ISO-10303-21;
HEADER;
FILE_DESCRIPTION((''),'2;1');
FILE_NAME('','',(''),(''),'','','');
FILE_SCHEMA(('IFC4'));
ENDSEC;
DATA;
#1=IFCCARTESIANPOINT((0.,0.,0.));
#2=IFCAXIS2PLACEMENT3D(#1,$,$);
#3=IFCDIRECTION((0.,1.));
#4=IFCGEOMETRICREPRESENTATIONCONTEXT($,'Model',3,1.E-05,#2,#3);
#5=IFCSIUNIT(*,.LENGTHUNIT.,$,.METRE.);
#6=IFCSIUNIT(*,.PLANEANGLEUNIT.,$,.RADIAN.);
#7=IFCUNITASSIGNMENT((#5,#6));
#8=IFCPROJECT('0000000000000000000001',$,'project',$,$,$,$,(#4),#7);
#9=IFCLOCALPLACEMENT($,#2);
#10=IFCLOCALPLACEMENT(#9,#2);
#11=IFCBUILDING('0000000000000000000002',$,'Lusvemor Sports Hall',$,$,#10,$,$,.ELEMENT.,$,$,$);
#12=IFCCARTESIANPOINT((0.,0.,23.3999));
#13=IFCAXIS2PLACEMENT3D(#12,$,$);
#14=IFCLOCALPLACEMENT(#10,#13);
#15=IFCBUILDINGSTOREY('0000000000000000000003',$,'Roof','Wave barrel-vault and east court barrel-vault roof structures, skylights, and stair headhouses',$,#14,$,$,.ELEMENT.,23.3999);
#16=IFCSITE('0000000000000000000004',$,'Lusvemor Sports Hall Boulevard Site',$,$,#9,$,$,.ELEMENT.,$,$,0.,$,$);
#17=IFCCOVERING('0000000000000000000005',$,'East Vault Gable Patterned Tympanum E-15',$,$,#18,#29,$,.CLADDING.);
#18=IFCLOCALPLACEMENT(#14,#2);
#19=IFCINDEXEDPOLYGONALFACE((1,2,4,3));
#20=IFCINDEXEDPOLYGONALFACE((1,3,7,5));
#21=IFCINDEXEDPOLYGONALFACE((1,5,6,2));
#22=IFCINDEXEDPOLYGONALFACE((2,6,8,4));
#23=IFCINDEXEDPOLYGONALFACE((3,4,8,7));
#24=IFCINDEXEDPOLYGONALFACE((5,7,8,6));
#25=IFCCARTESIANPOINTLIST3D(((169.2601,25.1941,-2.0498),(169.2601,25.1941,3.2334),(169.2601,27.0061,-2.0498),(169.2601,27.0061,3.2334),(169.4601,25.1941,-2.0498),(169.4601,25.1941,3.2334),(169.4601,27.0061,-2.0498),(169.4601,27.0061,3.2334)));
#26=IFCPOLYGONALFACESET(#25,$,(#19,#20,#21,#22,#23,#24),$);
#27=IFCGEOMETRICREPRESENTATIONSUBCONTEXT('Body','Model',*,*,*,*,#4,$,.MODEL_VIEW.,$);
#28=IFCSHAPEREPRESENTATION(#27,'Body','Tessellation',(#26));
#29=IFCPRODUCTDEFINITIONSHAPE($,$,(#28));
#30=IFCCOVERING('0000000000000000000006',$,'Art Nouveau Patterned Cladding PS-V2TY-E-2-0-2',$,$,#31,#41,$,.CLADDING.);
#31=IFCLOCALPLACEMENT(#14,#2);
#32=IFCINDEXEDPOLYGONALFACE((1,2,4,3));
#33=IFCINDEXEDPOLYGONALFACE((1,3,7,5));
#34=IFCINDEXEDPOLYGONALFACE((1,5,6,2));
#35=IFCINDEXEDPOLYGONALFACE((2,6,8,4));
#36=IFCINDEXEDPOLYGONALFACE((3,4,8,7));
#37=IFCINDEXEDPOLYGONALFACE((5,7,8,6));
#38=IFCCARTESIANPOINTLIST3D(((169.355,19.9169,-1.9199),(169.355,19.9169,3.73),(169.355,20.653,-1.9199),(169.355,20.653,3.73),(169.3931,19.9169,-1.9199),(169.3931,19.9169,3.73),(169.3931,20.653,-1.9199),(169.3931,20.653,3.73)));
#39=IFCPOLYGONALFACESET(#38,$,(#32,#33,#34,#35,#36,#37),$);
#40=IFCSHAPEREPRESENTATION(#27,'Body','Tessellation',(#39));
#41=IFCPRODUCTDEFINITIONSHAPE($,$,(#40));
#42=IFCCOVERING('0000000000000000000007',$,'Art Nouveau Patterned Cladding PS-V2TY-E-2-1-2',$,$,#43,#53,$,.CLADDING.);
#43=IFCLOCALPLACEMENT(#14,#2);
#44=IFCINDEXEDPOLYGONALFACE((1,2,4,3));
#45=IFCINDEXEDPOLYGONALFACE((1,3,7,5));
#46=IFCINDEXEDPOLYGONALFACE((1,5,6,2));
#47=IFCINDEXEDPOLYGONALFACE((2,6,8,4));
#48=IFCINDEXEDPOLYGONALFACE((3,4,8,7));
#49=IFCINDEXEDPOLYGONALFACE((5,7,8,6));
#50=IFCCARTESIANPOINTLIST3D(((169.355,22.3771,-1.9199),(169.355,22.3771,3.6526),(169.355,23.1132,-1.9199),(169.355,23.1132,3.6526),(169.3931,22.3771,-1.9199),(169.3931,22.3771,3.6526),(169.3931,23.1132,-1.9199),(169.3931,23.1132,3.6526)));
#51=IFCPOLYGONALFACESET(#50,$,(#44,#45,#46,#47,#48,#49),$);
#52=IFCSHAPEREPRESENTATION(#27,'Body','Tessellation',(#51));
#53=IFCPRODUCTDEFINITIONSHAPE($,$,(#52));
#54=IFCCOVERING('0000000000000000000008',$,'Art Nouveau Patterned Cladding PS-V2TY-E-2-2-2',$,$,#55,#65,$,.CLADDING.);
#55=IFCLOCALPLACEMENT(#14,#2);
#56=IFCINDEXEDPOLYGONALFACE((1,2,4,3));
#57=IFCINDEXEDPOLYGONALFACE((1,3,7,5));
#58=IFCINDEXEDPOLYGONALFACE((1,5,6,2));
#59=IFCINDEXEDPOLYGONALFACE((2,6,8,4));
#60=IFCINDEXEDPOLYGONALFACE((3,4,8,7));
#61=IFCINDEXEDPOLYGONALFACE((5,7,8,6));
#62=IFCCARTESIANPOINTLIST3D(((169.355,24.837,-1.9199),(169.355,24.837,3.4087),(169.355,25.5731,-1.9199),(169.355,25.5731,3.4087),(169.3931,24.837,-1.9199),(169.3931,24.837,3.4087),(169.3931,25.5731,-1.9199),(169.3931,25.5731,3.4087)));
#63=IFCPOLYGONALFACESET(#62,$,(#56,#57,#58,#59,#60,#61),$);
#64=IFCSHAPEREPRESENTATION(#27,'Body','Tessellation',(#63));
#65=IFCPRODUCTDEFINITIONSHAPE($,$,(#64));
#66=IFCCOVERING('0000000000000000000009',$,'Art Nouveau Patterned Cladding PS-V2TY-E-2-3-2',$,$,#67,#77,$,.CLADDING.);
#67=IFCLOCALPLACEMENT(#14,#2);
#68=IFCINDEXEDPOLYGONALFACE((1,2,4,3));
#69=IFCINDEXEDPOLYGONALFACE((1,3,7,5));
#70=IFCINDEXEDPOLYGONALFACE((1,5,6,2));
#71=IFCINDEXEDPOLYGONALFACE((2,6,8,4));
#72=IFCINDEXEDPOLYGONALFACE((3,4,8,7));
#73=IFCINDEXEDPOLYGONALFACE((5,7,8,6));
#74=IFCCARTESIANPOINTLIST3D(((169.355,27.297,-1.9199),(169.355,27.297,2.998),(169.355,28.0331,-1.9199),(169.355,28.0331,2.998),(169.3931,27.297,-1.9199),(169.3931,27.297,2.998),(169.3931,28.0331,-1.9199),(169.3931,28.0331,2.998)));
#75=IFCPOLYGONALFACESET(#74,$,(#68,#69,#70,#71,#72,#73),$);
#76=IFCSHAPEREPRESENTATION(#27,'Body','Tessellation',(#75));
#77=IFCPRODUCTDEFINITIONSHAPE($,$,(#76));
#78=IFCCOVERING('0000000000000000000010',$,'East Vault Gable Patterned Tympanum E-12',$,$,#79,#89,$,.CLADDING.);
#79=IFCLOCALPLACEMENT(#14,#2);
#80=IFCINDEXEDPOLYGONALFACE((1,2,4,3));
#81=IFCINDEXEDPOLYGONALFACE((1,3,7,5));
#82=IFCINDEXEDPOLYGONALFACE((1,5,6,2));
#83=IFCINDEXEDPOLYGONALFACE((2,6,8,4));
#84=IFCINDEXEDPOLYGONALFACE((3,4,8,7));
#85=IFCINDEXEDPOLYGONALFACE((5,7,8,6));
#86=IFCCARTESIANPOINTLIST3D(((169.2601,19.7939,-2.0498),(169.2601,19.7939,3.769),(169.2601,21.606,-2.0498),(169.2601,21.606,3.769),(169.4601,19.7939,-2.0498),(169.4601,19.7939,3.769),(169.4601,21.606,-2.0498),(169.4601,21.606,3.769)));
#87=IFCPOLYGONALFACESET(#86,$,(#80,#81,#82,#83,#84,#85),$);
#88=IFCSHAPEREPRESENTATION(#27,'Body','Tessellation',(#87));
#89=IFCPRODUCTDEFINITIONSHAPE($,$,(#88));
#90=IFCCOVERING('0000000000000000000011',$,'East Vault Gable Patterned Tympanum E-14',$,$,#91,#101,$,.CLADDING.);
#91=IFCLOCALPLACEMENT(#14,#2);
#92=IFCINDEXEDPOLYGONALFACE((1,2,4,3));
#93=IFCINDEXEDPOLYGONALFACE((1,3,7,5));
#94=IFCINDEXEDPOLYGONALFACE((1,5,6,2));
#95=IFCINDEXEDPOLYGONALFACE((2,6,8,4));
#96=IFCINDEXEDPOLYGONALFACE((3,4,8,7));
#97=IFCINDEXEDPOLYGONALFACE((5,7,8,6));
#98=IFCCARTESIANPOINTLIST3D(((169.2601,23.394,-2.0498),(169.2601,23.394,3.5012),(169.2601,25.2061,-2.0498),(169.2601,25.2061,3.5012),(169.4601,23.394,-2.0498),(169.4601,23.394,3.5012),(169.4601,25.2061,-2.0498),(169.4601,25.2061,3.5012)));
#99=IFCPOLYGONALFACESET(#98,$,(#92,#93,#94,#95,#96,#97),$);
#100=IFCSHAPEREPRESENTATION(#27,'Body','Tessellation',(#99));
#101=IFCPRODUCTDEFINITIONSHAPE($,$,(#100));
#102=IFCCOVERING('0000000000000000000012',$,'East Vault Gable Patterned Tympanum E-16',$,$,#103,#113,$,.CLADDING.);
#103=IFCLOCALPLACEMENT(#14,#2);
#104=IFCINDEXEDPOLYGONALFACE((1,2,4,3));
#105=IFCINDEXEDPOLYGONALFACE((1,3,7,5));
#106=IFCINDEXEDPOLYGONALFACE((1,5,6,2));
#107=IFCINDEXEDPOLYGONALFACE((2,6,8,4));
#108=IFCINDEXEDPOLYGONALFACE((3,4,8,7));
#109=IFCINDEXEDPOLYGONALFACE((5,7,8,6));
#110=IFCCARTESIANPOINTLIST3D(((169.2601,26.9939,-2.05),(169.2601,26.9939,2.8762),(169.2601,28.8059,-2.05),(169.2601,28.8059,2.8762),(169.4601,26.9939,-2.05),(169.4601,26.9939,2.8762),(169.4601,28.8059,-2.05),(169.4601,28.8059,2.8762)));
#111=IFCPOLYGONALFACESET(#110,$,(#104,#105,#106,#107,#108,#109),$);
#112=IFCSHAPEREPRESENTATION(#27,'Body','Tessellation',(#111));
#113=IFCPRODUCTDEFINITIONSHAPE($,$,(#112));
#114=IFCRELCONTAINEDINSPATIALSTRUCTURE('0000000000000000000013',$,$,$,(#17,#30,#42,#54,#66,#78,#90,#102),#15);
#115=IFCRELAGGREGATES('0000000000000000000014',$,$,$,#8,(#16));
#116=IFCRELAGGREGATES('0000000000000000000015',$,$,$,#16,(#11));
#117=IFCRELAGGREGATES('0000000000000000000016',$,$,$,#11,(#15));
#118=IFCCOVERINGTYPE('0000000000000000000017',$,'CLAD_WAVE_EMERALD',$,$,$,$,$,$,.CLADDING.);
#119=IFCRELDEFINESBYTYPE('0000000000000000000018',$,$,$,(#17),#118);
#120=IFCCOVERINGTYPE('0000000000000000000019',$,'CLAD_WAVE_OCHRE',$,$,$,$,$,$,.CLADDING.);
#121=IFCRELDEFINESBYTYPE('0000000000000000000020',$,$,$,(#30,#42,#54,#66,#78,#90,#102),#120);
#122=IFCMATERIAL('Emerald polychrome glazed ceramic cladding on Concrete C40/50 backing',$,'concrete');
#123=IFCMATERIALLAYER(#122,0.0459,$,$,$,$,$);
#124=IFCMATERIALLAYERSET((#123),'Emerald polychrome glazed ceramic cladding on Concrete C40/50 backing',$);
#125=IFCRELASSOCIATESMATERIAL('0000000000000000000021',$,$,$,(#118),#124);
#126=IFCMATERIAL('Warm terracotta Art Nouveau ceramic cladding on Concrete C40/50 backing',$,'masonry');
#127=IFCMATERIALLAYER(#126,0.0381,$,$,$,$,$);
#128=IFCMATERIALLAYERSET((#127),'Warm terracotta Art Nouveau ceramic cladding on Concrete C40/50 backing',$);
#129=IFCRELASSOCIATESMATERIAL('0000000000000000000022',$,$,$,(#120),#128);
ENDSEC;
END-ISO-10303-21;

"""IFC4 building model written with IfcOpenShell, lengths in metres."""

from ifc_helpers import new_model, si_unit, direction, frame, origin, origin_2d, place, context, subcontext, project, spatial, rectangle, extrude, material, layer, layer_set, type_object, element, save


model = new_model("IFC4")

# Units and contexts
model_context = context("Model", 3, precision=1e-05, world=origin(), true_north=direction((0.0, 1.0)))
body_context = subcontext(model_context, "Body", "Model", "MODEL_VIEW")
ifc_project = project(units=[si_unit("LENGTHUNIT", "METRE"), si_unit("PLANEANGLEUNIT", "RADIAN")], contexts=[model_context])

# Site, building, storey
site_placement = place(None, origin())
site = spatial("IfcSite", under=ifc_project, at=site_placement, Name="Lusvemor Sports Hall Boulevard Site", CompositionType="ELEMENT", RefElevation=0.0)
building_placement = place(site_placement, origin())
building = spatial("IfcBuilding", under=site, at=building_placement, Name="Lusvemor Sports Hall", CompositionType="ELEMENT")
storey_placement = place(building_placement, frame((0.0, 0.0, 23.3999)))
storey = spatial("IfcBuildingStorey", under=building, at=storey_placement, Name="Roof", Description="Wave barrel-vault and east court barrel-vault roof structures, skylights, and stair headhouses", CompositionType="ELEMENT", Elevation=23.3999)

# Coverings
ifc_material_1 = material(Name="Emerald polychrome glazed ceramic cladding on Concrete C40/50 backing", Category="concrete")
ifc_layer_1 = layer(ifc_material_1, 0.0459)
ifc_layer_set_1 = layer_set([ifc_layer_1], Name="Emerald polychrome glazed ceramic cladding on Concrete C40/50 backing")
covering_type_1 = type_object("IfcCoveringType", Name="CLAD_WAVE_EMERALD", PredefinedType="CLADDING", material=ifc_layer_set_1)
covering_1_placement = place(storey_placement, frame((169.3601, 26.1001, -2.0498), z_axis=(0.0, 0.0, 1.0), x_axis=(1.0, 0.0, 0.0)))
element("IfcCovering", 1, at=covering_1_placement, inside=storey, type_object=covering_type_1, Name="East Vault Gable Patterned Tympanum E-15", PredefinedType="CLADDING", context=body_context, shape_type="SweptSolid", body=[
    extrude(rectangle(XDim=0.2, YDim=1.812, at=origin_2d()), origin(), (0.0, 0.0, 1.0), 5.2832),
])
ifc_material_2 = material(Name="Warm terracotta Art Nouveau ceramic cladding on Concrete C40/50 backing", Category="masonry")
ifc_layer_2 = layer(ifc_material_2, 0.0381)
ifc_layer_set_2 = layer_set([ifc_layer_2], Name="Warm terracotta Art Nouveau ceramic cladding on Concrete C40/50 backing")
covering_type_2 = type_object("IfcCoveringType", Name="CLAD_WAVE_OCHRE", PredefinedType="CLADDING", material=ifc_layer_set_2)
covering_2_placement = place(storey_placement, frame((169.374, 20.2849, -1.9199), z_axis=(0.0, 0.0, 1.0), x_axis=(1.0, 0.0, 0.0)))
element("IfcCovering", 2, at=covering_2_placement, inside=storey, type_object=covering_type_2, Name="Art Nouveau Patterned Cladding PS-V2TY-E-2-0-2", PredefinedType="CLADDING", context=body_context, shape_type="SweptSolid", body=[
    extrude(rectangle(XDim=0.0381, YDim=0.7361, at=origin_2d()), origin(), (0.0, 0.0, 1.0), 5.6499),
])
covering_3_placement = place(storey_placement, frame((169.374, 22.7451, -1.9199), z_axis=(0.0, 0.0, 1.0), x_axis=(1.0, 0.0, 0.0)))
element("IfcCovering", 3, at=covering_3_placement, inside=storey, type_object=covering_type_2, Name="Art Nouveau Patterned Cladding PS-V2TY-E-2-1-2", PredefinedType="CLADDING", context=body_context, shape_type="SweptSolid", body=[
    extrude(rectangle(XDim=0.0381, YDim=0.7361, at=origin_2d()), origin(), (0.0, 0.0, 1.0), 5.5725),
])
covering_4_placement = place(storey_placement, frame((169.374, 25.2051, -1.9199), z_axis=(0.0, 0.0, 1.0), x_axis=(1.0, 0.0, 0.0)))
element("IfcCovering", 4, at=covering_4_placement, inside=storey, type_object=covering_type_2, Name="Art Nouveau Patterned Cladding PS-V2TY-E-2-2-2", PredefinedType="CLADDING", context=body_context, shape_type="SweptSolid", body=[
    extrude(rectangle(XDim=0.0381, YDim=0.7361, at=origin_2d()), origin(), (0.0, 0.0, 1.0), 5.3286),
])
covering_5_placement = place(storey_placement, frame((169.374, 27.665, -1.9199), z_axis=(0.0, 0.0, 1.0), x_axis=(1.0, 0.0, 0.0)))
element("IfcCovering", 5, at=covering_5_placement, inside=storey, type_object=covering_type_2, Name="Art Nouveau Patterned Cladding PS-V2TY-E-2-3-2", PredefinedType="CLADDING", context=body_context, shape_type="SweptSolid", body=[
    extrude(rectangle(XDim=0.0381, YDim=0.7361, at=origin_2d()), origin(), (0.0, 0.0, 1.0), 4.918),
])
covering_6_placement = place(storey_placement, frame((169.3601, 20.7, -2.0498), z_axis=(0.0, 0.0, 1.0), x_axis=(1.0, 0.0, 0.0)))
element("IfcCovering", 6, at=covering_6_placement, inside=storey, type_object=covering_type_2, Name="East Vault Gable Patterned Tympanum E-12", PredefinedType="CLADDING", context=body_context, shape_type="SweptSolid", body=[
    extrude(rectangle(XDim=0.2, YDim=1.812, at=origin_2d()), origin(), (0.0, 0.0, 1.0), 5.8188),
])
covering_7_placement = place(storey_placement, frame((169.3601, 24.3, -2.0498), z_axis=(0.0, 0.0, 1.0), x_axis=(1.0, 0.0, 0.0)))
element("IfcCovering", 7, at=covering_7_placement, inside=storey, type_object=covering_type_2, Name="East Vault Gable Patterned Tympanum E-14", PredefinedType="CLADDING", context=body_context, shape_type="SweptSolid", body=[
    extrude(rectangle(XDim=0.2, YDim=1.812, at=origin_2d()), origin(), (0.0, 0.0, 1.0), 5.551),
])
covering_8_placement = place(storey_placement, frame((169.3601, 27.8999, -2.05), z_axis=(0.0, 0.0, 1.0), x_axis=(1.0, 0.0, 0.0)))
element("IfcCovering", 8, at=covering_8_placement, inside=storey, type_object=covering_type_2, Name="East Vault Gable Patterned Tympanum E-16", PredefinedType="CLADDING", context=body_context, shape_type="SweptSolid", body=[
    extrude(rectangle(XDim=0.2, YDim=1.812, at=origin_2d()), origin(), (0.0, 0.0, 1.0), 4.9263),
])

save(model, "model.ifc")
